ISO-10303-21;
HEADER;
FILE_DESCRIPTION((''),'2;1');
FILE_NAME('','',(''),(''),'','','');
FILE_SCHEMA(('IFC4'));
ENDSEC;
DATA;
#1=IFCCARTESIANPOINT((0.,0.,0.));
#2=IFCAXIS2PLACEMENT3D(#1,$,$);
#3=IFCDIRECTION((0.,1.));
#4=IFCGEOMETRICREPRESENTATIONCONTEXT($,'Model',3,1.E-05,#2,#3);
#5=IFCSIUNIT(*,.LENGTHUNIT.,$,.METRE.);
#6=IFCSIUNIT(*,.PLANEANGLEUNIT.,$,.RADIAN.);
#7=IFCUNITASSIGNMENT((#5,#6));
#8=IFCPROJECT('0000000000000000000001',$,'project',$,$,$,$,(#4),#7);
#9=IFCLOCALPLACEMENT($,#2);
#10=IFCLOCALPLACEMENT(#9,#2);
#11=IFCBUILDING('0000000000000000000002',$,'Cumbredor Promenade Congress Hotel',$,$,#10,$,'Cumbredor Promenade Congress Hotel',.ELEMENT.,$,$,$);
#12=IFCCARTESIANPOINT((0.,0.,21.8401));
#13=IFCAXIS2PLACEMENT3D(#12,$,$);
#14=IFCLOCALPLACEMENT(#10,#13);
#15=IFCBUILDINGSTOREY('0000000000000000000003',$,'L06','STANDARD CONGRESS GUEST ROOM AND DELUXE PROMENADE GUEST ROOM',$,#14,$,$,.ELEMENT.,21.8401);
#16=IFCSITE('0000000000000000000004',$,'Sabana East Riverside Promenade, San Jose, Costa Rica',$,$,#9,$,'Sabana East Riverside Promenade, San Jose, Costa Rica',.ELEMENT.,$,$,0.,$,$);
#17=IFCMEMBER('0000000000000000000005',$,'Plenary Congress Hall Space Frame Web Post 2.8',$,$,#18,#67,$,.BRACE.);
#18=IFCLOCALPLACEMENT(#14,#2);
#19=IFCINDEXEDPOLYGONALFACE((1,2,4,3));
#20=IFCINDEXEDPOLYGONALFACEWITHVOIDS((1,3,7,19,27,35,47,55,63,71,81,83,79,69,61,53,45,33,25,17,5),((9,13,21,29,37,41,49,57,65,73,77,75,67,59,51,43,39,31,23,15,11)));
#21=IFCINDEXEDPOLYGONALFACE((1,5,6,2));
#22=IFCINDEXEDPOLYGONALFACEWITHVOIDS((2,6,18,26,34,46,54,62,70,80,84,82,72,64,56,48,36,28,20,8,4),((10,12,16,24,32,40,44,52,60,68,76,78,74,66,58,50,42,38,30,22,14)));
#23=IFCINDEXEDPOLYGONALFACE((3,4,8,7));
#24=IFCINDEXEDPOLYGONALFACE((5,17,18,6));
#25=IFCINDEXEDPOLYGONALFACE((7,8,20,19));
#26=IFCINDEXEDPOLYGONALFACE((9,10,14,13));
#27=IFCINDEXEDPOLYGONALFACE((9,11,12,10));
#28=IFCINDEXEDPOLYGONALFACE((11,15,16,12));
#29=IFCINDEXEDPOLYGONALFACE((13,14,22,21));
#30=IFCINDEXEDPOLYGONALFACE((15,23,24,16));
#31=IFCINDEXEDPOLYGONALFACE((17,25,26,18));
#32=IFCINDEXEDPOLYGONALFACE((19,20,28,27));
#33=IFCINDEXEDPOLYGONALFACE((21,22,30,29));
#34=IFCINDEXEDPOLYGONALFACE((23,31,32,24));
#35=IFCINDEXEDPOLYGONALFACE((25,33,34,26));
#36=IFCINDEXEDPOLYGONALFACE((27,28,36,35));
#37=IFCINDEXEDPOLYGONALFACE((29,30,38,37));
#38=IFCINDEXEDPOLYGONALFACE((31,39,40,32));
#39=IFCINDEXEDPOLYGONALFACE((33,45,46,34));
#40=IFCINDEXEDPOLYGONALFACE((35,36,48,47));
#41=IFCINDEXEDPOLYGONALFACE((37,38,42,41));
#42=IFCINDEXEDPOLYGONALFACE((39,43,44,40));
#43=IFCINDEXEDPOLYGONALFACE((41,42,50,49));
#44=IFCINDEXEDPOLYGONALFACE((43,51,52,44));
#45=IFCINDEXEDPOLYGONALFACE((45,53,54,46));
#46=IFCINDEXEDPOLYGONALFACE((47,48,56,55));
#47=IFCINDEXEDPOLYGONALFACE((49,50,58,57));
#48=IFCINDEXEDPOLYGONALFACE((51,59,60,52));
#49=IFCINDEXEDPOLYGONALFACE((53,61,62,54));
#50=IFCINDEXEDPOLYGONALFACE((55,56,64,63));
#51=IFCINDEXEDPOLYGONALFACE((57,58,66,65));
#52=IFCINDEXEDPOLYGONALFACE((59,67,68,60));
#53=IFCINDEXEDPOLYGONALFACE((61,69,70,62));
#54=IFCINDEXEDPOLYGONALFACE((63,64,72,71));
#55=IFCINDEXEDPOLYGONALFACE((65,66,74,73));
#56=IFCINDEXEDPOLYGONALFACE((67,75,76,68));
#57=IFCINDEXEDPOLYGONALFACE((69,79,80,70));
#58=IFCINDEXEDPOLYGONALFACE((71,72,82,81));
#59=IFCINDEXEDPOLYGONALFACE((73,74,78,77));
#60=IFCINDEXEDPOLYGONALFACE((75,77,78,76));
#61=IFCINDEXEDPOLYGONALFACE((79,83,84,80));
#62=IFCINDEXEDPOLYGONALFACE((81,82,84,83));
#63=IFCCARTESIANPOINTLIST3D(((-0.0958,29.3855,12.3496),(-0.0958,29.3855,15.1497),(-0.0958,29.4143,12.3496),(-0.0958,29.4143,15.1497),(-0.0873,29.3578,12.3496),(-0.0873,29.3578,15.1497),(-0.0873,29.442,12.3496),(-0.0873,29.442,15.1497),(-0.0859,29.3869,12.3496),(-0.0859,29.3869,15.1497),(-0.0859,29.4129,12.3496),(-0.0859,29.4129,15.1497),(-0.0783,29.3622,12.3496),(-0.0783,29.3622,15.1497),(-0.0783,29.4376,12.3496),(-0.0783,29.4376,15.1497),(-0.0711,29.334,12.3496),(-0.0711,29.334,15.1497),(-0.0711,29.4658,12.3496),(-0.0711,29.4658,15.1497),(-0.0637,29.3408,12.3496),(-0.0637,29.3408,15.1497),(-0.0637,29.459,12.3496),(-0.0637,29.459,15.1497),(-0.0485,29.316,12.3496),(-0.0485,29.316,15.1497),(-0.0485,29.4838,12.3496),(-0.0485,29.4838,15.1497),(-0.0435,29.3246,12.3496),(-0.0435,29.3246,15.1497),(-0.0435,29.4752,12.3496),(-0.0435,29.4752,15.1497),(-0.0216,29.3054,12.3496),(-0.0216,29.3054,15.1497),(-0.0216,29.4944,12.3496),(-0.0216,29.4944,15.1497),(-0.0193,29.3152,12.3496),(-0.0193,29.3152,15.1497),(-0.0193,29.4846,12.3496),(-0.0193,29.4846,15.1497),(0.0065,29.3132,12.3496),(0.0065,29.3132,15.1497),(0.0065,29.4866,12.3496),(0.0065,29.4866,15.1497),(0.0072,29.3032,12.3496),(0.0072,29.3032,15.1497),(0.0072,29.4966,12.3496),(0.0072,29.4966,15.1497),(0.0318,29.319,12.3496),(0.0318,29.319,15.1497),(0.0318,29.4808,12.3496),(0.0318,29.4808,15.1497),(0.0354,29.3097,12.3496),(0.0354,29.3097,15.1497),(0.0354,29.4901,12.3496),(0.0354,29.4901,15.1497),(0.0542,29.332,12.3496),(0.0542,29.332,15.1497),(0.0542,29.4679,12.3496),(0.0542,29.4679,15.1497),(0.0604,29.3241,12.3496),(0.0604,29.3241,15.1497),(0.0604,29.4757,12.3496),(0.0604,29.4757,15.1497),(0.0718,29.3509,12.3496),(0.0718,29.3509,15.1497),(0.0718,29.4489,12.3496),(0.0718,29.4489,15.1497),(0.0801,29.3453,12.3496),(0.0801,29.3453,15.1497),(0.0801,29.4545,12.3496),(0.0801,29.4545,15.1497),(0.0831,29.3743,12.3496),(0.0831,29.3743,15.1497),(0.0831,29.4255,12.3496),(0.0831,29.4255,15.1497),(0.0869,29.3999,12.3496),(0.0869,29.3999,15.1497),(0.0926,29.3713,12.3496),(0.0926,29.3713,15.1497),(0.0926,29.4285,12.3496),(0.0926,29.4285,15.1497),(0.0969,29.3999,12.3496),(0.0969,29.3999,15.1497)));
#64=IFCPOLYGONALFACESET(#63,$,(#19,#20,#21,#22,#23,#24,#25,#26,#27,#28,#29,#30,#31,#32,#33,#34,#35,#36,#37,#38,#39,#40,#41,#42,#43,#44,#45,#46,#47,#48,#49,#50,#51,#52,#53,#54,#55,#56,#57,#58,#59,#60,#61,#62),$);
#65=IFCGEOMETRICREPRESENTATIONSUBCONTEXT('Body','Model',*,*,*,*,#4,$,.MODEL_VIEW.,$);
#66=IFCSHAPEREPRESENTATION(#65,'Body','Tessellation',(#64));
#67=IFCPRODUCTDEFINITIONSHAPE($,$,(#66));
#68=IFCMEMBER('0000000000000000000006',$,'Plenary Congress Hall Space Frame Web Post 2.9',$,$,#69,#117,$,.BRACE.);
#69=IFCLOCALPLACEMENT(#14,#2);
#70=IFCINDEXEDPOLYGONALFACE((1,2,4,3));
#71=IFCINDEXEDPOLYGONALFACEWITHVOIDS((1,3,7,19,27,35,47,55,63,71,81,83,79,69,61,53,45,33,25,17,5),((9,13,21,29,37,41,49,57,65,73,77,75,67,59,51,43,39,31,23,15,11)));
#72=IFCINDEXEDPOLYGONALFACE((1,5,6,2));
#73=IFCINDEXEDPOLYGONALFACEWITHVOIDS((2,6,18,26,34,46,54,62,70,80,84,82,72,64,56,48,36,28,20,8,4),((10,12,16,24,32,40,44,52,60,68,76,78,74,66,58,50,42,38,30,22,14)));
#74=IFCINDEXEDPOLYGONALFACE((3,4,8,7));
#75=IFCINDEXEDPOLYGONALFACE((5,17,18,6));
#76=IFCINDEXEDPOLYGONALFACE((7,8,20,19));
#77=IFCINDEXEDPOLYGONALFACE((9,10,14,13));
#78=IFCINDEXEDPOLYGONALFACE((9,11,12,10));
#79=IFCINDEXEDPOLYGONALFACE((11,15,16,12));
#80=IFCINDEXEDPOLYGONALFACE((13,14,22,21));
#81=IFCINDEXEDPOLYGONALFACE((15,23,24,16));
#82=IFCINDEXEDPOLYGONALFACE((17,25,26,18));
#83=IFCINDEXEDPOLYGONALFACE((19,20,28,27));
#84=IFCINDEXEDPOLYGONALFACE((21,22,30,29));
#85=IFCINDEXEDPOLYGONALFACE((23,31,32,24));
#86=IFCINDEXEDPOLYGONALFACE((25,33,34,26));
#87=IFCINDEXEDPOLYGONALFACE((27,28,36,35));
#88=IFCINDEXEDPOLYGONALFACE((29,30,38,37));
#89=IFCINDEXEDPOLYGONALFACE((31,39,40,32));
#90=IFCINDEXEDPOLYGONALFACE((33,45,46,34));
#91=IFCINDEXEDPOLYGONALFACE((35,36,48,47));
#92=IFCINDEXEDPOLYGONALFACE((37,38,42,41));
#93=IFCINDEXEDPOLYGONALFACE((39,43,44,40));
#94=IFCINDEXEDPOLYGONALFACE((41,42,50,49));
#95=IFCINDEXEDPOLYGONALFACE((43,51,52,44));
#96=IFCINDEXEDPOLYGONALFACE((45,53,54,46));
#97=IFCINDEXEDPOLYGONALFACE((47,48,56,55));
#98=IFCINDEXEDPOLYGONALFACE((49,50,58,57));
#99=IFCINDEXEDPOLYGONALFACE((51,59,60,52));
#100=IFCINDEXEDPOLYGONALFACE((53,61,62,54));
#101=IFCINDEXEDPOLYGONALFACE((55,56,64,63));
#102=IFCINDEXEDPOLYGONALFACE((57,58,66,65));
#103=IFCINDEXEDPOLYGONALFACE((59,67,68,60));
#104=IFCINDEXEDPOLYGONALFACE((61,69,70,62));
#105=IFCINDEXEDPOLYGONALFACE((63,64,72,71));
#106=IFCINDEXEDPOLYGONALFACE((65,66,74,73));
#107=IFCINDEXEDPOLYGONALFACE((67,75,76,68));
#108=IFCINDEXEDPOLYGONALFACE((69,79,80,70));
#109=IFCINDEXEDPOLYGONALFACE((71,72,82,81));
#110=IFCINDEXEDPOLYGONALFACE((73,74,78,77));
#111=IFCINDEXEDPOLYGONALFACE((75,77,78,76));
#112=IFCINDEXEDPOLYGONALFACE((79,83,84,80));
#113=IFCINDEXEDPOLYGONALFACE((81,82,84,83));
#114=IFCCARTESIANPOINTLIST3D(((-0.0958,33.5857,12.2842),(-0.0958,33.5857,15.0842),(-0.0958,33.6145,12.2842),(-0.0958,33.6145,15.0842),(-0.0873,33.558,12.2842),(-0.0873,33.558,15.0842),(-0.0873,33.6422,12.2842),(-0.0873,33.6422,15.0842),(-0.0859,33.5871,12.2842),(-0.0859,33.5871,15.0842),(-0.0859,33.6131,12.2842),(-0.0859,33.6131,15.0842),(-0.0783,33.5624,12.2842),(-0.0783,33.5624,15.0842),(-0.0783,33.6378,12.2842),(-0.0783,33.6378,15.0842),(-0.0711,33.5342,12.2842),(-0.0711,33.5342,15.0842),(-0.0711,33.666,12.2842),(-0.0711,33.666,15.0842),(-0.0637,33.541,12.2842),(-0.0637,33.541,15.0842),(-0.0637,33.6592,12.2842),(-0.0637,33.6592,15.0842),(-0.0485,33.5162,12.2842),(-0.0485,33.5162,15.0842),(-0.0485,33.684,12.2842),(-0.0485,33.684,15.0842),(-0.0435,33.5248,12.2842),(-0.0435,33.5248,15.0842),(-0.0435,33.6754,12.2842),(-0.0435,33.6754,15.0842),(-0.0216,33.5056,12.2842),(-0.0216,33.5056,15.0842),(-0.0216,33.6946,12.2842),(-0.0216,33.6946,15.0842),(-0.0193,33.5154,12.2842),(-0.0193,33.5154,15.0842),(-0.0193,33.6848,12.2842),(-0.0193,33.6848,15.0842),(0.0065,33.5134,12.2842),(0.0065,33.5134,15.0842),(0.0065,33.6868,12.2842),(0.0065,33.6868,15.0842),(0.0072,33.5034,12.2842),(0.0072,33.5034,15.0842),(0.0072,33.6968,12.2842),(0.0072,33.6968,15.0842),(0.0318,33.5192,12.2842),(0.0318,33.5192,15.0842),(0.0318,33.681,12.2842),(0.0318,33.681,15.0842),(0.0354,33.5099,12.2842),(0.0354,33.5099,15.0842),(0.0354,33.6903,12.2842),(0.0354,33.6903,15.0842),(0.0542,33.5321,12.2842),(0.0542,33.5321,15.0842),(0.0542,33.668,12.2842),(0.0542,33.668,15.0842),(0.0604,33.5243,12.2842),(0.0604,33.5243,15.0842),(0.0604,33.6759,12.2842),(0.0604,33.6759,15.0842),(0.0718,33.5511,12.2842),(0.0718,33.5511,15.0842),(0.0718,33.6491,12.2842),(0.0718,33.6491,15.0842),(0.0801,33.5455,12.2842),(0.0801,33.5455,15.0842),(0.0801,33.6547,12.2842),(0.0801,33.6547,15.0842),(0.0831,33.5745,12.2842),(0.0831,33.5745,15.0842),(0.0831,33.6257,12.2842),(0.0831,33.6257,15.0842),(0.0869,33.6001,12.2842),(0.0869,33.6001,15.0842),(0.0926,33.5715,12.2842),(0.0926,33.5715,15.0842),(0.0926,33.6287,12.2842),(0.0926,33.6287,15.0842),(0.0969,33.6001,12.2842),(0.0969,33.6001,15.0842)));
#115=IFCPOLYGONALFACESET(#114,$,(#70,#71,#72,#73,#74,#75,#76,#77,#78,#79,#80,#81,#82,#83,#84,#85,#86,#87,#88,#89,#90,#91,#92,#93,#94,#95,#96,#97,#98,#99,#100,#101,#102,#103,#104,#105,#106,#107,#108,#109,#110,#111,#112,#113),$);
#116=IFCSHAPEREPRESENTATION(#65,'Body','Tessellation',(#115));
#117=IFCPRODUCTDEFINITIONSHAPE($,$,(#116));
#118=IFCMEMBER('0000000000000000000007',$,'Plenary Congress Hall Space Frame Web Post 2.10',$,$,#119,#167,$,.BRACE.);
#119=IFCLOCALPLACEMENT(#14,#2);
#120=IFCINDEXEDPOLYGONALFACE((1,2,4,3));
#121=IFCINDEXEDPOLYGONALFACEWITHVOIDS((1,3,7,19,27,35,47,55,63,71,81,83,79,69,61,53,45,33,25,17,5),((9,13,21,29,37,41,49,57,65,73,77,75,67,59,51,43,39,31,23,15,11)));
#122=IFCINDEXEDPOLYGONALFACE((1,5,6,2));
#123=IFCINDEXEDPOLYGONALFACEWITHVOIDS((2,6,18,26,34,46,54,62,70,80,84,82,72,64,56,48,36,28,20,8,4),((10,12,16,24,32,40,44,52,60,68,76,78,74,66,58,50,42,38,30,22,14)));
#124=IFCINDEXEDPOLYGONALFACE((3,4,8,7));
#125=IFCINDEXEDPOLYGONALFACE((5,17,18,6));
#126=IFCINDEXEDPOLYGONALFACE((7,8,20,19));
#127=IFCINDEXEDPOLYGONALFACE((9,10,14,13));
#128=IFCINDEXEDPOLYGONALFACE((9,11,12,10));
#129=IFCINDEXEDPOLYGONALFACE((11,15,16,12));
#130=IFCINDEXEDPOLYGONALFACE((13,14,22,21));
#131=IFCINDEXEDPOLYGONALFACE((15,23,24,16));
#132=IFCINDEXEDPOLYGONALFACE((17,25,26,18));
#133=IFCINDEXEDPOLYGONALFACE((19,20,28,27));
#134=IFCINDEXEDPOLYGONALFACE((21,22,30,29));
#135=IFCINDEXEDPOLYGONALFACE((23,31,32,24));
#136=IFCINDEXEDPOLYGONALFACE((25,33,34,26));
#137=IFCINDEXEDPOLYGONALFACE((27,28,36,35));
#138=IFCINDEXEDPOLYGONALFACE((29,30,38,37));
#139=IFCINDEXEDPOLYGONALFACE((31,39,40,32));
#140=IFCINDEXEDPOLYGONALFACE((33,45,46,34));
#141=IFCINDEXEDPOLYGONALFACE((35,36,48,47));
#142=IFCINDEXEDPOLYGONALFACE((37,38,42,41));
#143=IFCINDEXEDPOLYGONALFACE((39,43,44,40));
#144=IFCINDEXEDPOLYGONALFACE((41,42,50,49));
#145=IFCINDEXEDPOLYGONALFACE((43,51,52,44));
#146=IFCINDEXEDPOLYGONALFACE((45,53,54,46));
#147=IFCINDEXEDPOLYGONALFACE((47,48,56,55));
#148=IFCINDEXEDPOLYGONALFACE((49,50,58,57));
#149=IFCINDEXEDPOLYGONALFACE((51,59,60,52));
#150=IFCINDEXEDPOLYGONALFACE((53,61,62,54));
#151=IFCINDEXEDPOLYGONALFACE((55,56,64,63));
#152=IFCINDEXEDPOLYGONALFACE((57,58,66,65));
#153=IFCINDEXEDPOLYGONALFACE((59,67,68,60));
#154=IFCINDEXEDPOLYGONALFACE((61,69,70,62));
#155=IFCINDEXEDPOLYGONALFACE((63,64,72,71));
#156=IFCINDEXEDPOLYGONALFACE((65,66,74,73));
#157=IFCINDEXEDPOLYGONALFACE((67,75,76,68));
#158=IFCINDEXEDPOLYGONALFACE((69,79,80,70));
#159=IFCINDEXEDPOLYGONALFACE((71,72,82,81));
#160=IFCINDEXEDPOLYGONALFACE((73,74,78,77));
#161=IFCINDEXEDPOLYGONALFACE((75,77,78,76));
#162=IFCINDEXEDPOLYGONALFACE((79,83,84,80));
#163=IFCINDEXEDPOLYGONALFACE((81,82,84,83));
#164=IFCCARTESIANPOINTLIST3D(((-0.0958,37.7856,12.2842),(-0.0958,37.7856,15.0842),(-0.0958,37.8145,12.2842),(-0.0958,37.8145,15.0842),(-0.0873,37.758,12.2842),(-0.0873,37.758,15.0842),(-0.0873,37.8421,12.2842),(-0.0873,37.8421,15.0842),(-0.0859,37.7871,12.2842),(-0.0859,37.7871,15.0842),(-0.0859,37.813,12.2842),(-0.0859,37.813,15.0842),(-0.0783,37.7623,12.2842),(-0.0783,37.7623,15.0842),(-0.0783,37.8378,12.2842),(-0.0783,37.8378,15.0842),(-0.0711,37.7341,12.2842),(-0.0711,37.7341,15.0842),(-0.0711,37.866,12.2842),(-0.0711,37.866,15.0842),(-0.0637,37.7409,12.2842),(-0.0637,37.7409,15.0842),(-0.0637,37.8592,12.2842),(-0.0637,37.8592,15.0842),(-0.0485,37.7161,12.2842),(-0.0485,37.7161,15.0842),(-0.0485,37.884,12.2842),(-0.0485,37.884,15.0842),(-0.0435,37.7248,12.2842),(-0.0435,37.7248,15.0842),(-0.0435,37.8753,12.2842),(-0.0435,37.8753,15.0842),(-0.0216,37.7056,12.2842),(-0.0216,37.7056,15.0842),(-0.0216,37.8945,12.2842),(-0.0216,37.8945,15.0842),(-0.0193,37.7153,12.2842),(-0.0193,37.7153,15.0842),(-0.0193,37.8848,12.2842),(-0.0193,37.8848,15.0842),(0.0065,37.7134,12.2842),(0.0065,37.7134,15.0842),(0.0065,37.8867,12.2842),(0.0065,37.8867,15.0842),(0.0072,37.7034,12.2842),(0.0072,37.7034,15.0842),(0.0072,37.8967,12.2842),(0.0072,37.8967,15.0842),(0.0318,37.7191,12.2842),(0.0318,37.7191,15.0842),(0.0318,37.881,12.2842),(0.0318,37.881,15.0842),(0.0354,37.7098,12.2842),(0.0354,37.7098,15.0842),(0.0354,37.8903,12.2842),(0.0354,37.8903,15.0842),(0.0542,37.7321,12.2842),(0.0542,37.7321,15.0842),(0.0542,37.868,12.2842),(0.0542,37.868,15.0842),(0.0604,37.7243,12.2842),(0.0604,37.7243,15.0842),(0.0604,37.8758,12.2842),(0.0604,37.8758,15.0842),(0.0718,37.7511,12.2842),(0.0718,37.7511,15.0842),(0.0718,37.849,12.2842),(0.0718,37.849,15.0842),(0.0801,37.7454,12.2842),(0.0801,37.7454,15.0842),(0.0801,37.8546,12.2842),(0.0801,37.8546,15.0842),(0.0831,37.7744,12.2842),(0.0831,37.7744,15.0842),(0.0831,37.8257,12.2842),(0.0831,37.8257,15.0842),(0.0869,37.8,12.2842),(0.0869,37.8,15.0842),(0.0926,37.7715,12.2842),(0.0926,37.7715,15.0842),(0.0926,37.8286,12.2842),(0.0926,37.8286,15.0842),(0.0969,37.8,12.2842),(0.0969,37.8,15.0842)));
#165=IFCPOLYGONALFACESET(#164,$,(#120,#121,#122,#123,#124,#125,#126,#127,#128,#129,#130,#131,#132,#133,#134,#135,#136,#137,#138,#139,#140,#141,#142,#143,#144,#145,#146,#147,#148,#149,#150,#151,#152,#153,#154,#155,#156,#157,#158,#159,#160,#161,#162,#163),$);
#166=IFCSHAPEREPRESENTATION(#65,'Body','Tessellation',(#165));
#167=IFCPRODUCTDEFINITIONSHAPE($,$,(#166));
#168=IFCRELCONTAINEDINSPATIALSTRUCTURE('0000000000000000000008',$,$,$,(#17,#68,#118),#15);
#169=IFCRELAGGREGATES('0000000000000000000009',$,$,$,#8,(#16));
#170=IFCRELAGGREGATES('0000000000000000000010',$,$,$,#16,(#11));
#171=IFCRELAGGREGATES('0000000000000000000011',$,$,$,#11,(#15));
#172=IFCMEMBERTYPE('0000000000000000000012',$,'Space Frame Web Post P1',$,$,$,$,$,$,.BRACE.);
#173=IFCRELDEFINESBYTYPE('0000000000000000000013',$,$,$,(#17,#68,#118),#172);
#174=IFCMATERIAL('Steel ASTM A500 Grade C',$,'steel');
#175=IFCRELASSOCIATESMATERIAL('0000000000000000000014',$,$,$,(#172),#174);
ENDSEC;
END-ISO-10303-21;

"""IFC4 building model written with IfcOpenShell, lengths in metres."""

from ifc_helpers import new_model, si_unit, direction, frame, origin, origin_2d, place, context, subcontext, project, spatial, hollow_circle, extrude, material, material_profile, profile_set, type_object, element, save


model = new_model("IFC4")

# Units and contexts
model_context = context("Model", 3, precision=1e-05, world=origin(), true_north=direction((0.0, 1.0)))
body_context = subcontext(model_context, "Body", "Model", "MODEL_VIEW")
ifc_project = project(units=[si_unit("LENGTHUNIT", "METRE"), si_unit("PLANEANGLEUNIT", "RADIAN")], contexts=[model_context])

# Site, building, storey
site_placement = place(None, origin())
site = spatial("IfcSite", under=ifc_project, at=site_placement, Name="Sabana East Riverside Promenade, San Jose, Costa Rica", LongName="Sabana East Riverside Promenade, San Jose, Costa Rica", CompositionType="ELEMENT", RefElevation=0.0)
building_placement = place(site_placement, origin())
building = spatial("IfcBuilding", under=site, at=building_placement, Name="Cumbredor Promenade Congress Hotel", LongName="Cumbredor Promenade Congress Hotel", CompositionType="ELEMENT")
storey_placement = place(building_placement, frame((0.0, 0.0, 21.8401)))
storey = spatial("IfcBuildingStorey", under=building, at=storey_placement, Name="L06", Description="STANDARD CONGRESS GUEST ROOM AND DELUXE PROMENADE GUEST ROOM", CompositionType="ELEMENT", Elevation=21.8401)

# Members
ifc_material_1 = material(Name="Steel ASTM A500 Grade C", Category="steel")
ifc_material_profile_1 = material_profile(ifc_material_1, hollow_circle(Radius=0.0969, WallThickness=0.01, at=origin_2d()), Name="CHS 193.7x10")
ifc_profile_set_1 = profile_set([ifc_material_profile_1], Name="Steel ASTM A500 Grade C")
member_type_1 = type_object("IfcMemberType", Name="Space Frame Web Post P1", PredefinedType="BRACE", material=ifc_profile_set_1)
for number, where, z_axis, x_axis, name in (
    (1, (0.0, 29.3999, 12.3496), (0.0, 0.0, 1.0), (1.0, 0.0, 0.0), "Plenary Congress Hall Space Frame Web Post 2.8"),
    (2, (0.0, 33.6001, 12.2842), (0.0, 0.0, 1.0), (1.0, 0.0, 0.0), "Plenary Congress Hall Space Frame Web Post 2.9"),
    (3, (0.0, 37.8, 12.2842), (0.0, 0.0, 1.0), (1.0, 0.0, 0.0), "Plenary Congress Hall Space Frame Web Post 2.10"),
):
    element("IfcMember", number, at=place(storey_placement, frame(where, z_axis=z_axis, x_axis=x_axis)), inside=storey, type_object=member_type_1, Name=name, PredefinedType="BRACE", context=body_context, shape_type="SweptSolid", body=[
        extrude(hollow_circle(Radius=0.0969, WallThickness=0.01, at=origin_2d()), origin(), (0.0, 0.0, 1.0), 2.8),
    ])

save(model, "model.ifc")
